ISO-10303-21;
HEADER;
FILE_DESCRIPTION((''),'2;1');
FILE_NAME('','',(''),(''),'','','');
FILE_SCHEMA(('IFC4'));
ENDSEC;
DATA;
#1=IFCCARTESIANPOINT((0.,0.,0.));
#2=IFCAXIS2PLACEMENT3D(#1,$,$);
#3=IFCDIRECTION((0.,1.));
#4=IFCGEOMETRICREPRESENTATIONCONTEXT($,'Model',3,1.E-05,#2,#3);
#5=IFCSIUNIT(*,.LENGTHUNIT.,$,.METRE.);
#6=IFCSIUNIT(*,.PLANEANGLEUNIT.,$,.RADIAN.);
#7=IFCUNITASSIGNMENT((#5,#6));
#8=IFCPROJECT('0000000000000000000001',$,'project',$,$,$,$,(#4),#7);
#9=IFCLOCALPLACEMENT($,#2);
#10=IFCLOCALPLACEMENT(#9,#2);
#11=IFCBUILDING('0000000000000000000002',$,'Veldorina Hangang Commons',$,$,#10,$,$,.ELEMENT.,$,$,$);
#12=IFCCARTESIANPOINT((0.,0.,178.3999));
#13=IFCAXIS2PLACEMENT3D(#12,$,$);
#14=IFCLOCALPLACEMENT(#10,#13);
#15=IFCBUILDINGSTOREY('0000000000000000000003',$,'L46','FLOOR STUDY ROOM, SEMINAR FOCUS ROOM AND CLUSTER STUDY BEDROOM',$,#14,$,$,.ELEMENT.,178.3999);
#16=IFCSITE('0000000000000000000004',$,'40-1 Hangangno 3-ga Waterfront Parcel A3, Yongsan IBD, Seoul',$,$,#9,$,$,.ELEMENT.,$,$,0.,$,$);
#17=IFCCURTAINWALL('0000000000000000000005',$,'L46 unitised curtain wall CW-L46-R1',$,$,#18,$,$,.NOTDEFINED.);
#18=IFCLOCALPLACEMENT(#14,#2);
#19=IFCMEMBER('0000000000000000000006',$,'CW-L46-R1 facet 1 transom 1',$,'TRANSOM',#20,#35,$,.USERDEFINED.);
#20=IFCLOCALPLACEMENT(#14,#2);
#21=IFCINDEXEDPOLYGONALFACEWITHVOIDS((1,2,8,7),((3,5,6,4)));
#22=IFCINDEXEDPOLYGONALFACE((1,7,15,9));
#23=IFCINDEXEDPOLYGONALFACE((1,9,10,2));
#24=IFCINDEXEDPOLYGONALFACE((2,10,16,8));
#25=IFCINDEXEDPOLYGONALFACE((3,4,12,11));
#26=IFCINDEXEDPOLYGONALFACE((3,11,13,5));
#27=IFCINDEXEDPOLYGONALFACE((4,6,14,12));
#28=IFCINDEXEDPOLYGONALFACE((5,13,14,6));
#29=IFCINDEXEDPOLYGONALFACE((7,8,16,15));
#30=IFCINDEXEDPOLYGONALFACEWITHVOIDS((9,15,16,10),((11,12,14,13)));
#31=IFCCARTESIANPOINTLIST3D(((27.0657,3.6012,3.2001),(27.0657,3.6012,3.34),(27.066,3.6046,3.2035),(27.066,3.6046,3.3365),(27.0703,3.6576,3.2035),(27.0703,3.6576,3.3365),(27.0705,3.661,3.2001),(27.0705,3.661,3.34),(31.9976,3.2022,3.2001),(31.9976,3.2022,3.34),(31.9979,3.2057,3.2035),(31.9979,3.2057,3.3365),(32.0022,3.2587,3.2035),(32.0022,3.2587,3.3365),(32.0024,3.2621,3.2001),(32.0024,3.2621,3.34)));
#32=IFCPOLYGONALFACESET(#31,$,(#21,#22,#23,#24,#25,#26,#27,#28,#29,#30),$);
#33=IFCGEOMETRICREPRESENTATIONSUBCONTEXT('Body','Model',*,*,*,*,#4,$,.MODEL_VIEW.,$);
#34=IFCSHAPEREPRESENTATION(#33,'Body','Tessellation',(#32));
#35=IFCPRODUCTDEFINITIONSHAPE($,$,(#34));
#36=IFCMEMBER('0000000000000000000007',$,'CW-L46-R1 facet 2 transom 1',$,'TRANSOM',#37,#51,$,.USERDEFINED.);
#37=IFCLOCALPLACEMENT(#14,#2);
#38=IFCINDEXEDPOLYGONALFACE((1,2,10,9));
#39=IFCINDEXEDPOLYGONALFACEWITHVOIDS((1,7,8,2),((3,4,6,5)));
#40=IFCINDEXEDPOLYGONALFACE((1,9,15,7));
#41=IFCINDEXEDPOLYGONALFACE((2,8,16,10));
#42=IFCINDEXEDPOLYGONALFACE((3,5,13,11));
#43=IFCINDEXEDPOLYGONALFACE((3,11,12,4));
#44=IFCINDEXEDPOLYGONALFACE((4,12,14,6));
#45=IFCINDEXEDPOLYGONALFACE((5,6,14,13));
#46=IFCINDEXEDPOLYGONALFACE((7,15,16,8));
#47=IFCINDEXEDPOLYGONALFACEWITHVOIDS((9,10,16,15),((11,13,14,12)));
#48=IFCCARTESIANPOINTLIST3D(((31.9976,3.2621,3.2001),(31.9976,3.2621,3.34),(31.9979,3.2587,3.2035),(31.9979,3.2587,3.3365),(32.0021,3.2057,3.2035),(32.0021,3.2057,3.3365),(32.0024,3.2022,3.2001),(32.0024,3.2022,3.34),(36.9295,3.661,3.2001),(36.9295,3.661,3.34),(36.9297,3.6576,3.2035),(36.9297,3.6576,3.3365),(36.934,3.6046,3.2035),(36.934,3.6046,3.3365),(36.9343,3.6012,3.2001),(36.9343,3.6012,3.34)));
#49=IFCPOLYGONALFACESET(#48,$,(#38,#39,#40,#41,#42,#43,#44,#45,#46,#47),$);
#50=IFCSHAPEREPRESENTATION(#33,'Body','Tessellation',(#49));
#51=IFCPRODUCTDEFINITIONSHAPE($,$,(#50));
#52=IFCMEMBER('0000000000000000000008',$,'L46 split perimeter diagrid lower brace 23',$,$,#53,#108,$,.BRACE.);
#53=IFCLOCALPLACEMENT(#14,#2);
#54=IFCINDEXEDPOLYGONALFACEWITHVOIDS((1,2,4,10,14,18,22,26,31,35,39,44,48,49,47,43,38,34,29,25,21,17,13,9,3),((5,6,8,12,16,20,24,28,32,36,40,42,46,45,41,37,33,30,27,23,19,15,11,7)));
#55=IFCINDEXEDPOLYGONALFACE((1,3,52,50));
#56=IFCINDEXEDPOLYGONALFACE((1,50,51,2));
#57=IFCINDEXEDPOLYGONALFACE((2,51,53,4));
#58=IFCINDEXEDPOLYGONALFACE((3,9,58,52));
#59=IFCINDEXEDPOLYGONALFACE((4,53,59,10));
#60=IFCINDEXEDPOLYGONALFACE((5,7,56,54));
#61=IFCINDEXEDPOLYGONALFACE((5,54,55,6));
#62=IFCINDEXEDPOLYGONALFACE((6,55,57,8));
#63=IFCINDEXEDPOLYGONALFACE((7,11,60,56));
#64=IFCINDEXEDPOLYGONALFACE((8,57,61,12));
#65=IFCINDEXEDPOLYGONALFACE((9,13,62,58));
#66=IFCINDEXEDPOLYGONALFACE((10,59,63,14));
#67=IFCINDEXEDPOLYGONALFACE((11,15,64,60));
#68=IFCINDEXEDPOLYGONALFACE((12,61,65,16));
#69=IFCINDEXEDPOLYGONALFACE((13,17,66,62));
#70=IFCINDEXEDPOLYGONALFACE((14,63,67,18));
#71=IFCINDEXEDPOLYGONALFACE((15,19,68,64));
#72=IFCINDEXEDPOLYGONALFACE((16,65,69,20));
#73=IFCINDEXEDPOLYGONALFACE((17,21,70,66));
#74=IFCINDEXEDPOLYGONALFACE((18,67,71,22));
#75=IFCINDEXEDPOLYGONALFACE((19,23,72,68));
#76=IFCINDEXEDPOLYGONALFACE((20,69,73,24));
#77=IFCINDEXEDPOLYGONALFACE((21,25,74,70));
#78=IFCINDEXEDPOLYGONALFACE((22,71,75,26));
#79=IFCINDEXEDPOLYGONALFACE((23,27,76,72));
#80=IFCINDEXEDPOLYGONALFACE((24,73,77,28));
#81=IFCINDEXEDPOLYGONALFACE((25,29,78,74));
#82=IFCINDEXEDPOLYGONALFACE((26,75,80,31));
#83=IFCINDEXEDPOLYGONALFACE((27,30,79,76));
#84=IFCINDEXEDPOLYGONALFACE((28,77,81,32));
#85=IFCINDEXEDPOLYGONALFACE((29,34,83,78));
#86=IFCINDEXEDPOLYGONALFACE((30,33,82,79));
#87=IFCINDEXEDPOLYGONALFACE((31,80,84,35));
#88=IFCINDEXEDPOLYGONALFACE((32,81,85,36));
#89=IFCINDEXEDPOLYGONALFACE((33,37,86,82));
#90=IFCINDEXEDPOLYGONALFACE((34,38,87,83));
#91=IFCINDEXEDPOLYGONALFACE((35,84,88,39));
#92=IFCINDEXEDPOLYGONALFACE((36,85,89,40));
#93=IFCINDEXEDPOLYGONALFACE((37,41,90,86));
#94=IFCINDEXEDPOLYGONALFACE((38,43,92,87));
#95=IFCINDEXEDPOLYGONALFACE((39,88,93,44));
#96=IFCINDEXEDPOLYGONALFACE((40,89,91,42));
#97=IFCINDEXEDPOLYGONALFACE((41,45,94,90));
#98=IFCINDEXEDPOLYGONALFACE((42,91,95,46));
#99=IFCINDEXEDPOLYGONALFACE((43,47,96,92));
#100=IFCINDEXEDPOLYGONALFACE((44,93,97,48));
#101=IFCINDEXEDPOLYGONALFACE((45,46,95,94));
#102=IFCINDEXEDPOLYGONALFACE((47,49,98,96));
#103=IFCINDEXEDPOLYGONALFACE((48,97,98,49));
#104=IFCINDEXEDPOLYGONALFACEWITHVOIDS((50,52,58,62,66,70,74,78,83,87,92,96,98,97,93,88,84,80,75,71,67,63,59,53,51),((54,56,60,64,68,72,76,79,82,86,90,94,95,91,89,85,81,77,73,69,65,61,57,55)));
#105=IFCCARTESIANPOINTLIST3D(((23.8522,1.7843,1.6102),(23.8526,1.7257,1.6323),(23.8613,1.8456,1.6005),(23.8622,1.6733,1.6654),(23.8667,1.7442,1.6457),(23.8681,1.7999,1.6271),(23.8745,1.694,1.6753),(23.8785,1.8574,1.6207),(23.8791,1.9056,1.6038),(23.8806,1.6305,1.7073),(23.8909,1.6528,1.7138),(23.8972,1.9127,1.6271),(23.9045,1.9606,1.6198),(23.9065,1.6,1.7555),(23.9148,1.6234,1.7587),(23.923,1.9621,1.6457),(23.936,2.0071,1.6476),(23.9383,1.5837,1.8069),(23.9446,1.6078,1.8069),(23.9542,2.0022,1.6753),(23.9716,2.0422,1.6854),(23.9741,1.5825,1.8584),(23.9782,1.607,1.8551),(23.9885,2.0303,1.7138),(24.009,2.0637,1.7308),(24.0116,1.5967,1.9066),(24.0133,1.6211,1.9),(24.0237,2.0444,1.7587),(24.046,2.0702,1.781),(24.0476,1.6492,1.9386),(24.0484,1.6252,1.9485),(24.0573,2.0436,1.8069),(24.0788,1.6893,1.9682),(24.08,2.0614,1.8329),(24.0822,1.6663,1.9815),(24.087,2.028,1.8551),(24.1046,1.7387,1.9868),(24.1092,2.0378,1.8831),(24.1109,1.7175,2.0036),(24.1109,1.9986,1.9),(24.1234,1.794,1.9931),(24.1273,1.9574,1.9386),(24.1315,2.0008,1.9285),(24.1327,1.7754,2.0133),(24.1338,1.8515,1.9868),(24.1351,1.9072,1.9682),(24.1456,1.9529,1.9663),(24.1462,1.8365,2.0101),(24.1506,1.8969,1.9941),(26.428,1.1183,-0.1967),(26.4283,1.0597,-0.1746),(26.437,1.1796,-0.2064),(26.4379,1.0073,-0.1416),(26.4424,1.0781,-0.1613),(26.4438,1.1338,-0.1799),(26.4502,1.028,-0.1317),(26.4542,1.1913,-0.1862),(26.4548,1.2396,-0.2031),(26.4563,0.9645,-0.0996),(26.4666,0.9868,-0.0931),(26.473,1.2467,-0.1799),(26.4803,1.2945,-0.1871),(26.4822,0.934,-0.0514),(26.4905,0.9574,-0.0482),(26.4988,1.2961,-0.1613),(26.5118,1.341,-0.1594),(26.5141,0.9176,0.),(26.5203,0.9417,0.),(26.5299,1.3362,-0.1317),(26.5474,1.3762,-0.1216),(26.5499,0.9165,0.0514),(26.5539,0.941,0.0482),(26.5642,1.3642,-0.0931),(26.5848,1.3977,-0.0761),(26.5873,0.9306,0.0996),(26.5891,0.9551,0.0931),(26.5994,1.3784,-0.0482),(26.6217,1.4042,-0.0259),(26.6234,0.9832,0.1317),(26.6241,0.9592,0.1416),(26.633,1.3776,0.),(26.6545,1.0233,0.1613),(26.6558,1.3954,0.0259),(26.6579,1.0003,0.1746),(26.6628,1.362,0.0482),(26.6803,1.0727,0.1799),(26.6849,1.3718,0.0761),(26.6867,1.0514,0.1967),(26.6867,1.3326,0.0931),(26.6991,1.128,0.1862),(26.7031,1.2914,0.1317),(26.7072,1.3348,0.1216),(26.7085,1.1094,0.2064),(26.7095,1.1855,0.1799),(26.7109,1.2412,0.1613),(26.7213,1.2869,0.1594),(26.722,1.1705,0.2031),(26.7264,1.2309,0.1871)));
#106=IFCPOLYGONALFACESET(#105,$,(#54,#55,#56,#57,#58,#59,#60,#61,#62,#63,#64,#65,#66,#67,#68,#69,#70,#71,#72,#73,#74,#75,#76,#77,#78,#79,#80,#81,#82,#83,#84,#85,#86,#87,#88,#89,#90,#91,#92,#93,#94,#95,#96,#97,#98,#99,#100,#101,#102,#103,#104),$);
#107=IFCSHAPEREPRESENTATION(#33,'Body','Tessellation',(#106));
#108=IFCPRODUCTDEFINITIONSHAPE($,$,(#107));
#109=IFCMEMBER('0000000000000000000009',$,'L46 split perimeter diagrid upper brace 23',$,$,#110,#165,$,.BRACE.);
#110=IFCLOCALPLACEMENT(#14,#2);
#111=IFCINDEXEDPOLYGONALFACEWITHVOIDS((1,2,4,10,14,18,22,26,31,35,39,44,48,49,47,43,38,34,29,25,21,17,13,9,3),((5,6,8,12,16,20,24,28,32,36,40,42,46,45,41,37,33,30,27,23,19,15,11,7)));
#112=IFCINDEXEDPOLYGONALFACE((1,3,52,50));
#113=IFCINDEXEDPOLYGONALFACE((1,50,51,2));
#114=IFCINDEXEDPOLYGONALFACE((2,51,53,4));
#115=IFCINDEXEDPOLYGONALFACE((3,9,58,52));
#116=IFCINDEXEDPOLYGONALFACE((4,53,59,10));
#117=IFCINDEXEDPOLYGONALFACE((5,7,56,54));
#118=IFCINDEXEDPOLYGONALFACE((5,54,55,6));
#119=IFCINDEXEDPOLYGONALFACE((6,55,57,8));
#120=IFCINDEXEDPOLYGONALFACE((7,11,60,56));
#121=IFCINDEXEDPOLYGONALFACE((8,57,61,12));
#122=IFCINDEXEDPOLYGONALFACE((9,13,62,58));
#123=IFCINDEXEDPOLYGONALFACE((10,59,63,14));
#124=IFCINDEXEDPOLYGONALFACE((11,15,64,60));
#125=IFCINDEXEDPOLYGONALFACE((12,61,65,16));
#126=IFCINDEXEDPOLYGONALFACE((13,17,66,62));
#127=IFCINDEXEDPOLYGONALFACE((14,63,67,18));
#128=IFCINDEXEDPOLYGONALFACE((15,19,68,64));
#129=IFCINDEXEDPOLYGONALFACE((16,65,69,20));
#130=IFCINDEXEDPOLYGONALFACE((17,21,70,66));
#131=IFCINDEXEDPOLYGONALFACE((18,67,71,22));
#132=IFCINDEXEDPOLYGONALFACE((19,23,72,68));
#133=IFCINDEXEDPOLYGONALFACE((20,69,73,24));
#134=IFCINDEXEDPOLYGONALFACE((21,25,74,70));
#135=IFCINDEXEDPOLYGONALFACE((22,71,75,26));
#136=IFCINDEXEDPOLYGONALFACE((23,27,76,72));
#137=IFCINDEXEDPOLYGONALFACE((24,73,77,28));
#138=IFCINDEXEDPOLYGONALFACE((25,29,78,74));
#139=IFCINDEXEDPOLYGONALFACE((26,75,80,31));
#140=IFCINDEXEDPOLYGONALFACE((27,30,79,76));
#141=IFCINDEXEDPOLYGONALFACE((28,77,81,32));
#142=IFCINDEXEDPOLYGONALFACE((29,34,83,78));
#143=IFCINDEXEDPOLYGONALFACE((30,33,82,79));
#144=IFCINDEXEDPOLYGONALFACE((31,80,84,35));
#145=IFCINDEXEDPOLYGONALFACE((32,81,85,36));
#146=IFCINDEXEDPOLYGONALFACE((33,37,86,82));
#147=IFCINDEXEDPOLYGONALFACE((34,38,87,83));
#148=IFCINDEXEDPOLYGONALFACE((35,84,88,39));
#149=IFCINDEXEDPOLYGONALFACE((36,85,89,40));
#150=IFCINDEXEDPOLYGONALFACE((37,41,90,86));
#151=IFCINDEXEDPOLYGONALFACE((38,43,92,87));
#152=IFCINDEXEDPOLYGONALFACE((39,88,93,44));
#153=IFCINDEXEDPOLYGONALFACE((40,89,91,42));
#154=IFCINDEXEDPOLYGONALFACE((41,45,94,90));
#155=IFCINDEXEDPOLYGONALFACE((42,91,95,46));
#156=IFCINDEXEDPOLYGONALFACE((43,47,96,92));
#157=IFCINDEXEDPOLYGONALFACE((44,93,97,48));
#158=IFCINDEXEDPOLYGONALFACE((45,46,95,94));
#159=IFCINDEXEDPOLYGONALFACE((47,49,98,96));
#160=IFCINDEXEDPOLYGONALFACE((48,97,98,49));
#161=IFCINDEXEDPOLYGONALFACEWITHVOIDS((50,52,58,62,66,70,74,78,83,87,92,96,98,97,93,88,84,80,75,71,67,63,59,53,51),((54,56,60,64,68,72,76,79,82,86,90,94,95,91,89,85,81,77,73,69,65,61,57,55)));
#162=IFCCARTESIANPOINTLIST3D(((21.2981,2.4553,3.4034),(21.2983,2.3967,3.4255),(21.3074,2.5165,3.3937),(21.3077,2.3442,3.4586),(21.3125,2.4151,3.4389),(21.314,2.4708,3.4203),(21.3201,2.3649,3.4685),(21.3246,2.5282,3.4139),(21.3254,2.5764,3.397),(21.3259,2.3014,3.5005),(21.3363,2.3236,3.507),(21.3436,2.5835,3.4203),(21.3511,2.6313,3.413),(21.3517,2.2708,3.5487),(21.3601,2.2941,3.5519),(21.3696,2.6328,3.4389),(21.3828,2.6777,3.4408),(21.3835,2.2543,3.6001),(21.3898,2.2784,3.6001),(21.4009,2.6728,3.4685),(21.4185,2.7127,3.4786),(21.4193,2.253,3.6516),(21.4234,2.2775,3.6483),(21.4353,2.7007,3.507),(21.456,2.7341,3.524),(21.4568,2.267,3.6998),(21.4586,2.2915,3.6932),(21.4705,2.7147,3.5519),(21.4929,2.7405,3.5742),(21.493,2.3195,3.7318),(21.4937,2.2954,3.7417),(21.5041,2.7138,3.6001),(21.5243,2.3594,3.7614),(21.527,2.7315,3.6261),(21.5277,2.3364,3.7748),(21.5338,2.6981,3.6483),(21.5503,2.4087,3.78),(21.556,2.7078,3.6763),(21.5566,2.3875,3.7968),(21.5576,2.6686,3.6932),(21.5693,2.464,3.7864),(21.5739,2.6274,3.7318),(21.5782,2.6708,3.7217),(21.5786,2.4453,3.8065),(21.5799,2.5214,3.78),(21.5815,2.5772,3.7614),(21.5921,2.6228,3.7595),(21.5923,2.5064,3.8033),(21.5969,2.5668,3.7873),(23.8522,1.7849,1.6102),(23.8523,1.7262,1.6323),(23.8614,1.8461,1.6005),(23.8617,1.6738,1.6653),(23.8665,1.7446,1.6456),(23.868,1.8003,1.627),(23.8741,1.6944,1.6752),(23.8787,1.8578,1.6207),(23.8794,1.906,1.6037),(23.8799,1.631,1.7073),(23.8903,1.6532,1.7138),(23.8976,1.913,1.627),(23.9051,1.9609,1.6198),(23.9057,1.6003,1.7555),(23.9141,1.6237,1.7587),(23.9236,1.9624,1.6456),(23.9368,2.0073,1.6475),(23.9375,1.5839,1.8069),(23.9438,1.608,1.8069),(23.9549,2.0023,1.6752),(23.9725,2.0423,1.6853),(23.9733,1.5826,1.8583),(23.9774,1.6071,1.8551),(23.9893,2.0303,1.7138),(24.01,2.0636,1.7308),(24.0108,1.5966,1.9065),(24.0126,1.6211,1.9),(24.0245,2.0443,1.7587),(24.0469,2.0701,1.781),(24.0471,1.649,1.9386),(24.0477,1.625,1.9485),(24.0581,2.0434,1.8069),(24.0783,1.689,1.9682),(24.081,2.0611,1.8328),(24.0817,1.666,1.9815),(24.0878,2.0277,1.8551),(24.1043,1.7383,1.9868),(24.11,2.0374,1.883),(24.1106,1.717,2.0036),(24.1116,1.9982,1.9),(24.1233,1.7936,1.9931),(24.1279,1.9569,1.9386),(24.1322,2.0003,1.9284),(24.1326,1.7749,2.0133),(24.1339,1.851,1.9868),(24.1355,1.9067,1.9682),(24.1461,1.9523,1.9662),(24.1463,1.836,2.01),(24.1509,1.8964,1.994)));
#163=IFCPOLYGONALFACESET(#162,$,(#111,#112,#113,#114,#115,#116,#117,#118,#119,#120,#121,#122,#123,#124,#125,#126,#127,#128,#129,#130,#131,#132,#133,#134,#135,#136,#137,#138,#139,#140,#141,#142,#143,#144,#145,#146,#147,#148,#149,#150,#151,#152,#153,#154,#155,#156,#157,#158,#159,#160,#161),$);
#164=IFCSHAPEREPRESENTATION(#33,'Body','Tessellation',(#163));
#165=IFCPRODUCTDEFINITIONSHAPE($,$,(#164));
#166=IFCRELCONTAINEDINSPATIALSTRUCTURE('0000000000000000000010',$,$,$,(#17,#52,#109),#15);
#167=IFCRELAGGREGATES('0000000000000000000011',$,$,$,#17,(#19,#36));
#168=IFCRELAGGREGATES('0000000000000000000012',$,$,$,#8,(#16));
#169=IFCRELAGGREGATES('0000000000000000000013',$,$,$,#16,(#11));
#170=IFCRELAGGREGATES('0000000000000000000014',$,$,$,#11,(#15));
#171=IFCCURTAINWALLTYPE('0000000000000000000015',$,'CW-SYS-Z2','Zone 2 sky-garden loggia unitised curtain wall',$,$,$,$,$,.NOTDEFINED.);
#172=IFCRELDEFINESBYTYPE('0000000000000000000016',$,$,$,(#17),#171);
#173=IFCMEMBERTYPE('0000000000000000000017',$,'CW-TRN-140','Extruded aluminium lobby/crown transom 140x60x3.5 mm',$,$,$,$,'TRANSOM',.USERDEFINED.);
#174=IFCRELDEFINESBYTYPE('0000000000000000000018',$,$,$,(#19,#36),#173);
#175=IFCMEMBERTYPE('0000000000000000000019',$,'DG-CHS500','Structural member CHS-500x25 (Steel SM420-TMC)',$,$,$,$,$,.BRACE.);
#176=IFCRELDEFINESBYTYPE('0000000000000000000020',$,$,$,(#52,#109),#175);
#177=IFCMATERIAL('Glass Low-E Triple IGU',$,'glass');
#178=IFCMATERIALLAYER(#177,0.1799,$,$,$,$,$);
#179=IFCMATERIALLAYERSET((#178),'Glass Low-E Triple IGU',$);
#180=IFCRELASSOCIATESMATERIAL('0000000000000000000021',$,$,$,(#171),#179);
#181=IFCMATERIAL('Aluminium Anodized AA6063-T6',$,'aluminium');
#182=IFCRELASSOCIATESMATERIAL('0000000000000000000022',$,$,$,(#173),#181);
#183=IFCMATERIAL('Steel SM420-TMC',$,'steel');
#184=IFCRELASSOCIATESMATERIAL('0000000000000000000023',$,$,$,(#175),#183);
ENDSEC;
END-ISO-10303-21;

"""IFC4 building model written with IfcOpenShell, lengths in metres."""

from ifc_helpers import new_model, si_unit, direction, frame, origin, origin_2d, place, context, subcontext, project, spatial, hollow_rectangle, hollow_circle, extrude, material, layer, layer_set, material_profile, profile_set, type_object, element, aggregate, save


model = new_model("IFC4")

# Units and contexts
model_context = context("Model", 3, precision=1e-05, world=origin(), true_north=direction((0.0, 1.0)))
body_context = subcontext(model_context, "Body", "Model", "MODEL_VIEW")
ifc_project = project(units=[si_unit("LENGTHUNIT", "METRE"), si_unit("PLANEANGLEUNIT", "RADIAN")], contexts=[model_context])

# Site, building, storey
site_placement = place(None, origin())
site = spatial("IfcSite", under=ifc_project, at=site_placement, Name="40-1 Hangangno 3-ga Waterfront Parcel A3, Yongsan IBD, Seoul", CompositionType="ELEMENT", RefElevation=0.0)
building_placement = place(site_placement, origin())
building = spatial("IfcBuilding", under=site, at=building_placement, Name="Veldorina Hangang Commons", CompositionType="ELEMENT")
storey_placement = place(building_placement, frame((0.0, 0.0, 178.3999)))
storey = spatial("IfcBuildingStorey", under=building, at=storey_placement, Name="L46", Description="FLOOR STUDY ROOM, SEMINAR FOCUS ROOM AND CLUSTER STUDY BEDROOM", CompositionType="ELEMENT", Elevation=178.3999)

# Shared definitions
ifc_material_1 = material(Name="Steel SM420-TMC", Category="steel")

# Curtain wall, members
ifc_material_2 = material(Name="Glass Low-E Triple IGU", Category="glass")
ifc_layer_1 = layer(ifc_material_2, 0.1799)
ifc_layer_set_1 = layer_set([ifc_layer_1], Name="Glass Low-E Triple IGU")
curtain_wall_type = type_object("IfcCurtainWallType", Name="CW-SYS-Z2", Description="Zone 2 sky-garden loggia unitised curtain wall", PredefinedType="NOTDEFINED", material=ifc_layer_set_1)
curtain_wall_placement = place(storey_placement, origin())
curtain_wall = element("IfcCurtainWall", 1, at=curtain_wall_placement, inside=storey, type_object=curtain_wall_type, Name="L46 unitised curtain wall CW-L46-R1", PredefinedType="NOTDEFINED")
ifc_material_3 = material(Name="Aluminium Anodized AA6063-T6", Category="aluminium")
ifc_material_profile_1 = material_profile(ifc_material_3, hollow_rectangle(XDim=0.0601, YDim=0.1399, WallThickness=0.0034, at=origin_2d()), Name="ALU-RHS-140x60x3.5")
ifc_profile_set_1 = profile_set([ifc_material_profile_1], Name="Aluminium Anodized AA6063-T6")
member_type_1 = type_object("IfcMemberType", Name="CW-TRN-140", Description="Extruded aluminium lobby/crown transom 140x60x3.5 mm", ElementType="TRANSOM", PredefinedType="USERDEFINED", material=ifc_profile_set_1)
member_1_placement = place(storey_placement, frame((27.0681, 3.6311, 3.27), z_axis=(0.996745, -0.080624, 0.0), x_axis=(0.080624, 0.996745, 0.0)))
member_1 = element("IfcMember", 2, at=member_1_placement, type_object=member_type_1, Name="CW-L46-R1 facet 1 transom 1", ObjectType="TRANSOM", PredefinedType="USERDEFINED", context=body_context, shape_type="SweptSolid", body=[
    extrude(hollow_rectangle(XDim=0.0601, YDim=0.1399, WallThickness=0.0034, at=origin_2d()), origin(), (0.0, 0.0, 1.0), 4.948),
])
member_2_placement = place(storey_placement, frame((32.0, 3.2322, 3.27), z_axis=(0.996745, 0.080624, 0.0), x_axis=(-0.080624, 0.996745, 0.0)))
member_2 = element("IfcMember", 3, at=member_2_placement, type_object=member_type_1, Name="CW-L46-R1 facet 2 transom 1", ObjectType="TRANSOM", PredefinedType="USERDEFINED", context=body_context, shape_type="SweptSolid", body=[
    extrude(hollow_rectangle(XDim=0.0601, YDim=0.1399, WallThickness=0.0034, at=origin_2d()), origin(), (0.0, 0.0, 1.0), 4.948),
])

# Members
ifc_material_profile_2 = material_profile(ifc_material_1, hollow_circle(Radius=0.25, WallThickness=0.0249, at=origin_2d()), Name="CHS-500x25")
ifc_profile_set_2 = profile_set([ifc_material_profile_2], Name="Steel SM420-TMC")
member_type_2 = type_object("IfcMemberType", Name="DG-CHS500", Description="Structural member CHS-500x25 (Steel SM420-TMC)", PredefinedType="BRACE", material=ifc_profile_set_2)
member_3_placement = place(storey_placement, frame((26.5767, 1.1597, 0.0), z_axis=(-0.800901, 0.207095, 0.561845), x_axis=(-0.250344, -0.968157, 0.0)))
element("IfcMember", 4, at=member_3_placement, inside=storey, type_object=member_type_2, Name="L46 split perimeter diagrid lower brace 23", PredefinedType="BRACE", context=body_context, shape_type="SweptSolid", body=[
    extrude(hollow_circle(Radius=0.25, WallThickness=0.0249, at=origin_2d()), origin(), (0.0, 0.0, 1.0), 3.2161),
])
member_4_placement = place(storey_placement, frame((24.001, 1.8257, 1.8069), z_axis=(-0.800155, 0.21004, 0.561814), x_axis=(-0.253897, -0.967231, 0.0)))
element("IfcMember", 5, at=member_4_placement, inside=storey, type_object=member_type_2, Name="L46 split perimeter diagrid upper brace 23", PredefinedType="BRACE", context=body_context, shape_type="SweptSolid", body=[
    extrude(hollow_circle(Radius=0.25, WallThickness=0.0249, at=origin_2d()), origin(), (0.0, 0.0, 1.0), 3.1919),
])

aggregate(curtain_wall, [member_1, member_2])

save(model, "model.ifc")
